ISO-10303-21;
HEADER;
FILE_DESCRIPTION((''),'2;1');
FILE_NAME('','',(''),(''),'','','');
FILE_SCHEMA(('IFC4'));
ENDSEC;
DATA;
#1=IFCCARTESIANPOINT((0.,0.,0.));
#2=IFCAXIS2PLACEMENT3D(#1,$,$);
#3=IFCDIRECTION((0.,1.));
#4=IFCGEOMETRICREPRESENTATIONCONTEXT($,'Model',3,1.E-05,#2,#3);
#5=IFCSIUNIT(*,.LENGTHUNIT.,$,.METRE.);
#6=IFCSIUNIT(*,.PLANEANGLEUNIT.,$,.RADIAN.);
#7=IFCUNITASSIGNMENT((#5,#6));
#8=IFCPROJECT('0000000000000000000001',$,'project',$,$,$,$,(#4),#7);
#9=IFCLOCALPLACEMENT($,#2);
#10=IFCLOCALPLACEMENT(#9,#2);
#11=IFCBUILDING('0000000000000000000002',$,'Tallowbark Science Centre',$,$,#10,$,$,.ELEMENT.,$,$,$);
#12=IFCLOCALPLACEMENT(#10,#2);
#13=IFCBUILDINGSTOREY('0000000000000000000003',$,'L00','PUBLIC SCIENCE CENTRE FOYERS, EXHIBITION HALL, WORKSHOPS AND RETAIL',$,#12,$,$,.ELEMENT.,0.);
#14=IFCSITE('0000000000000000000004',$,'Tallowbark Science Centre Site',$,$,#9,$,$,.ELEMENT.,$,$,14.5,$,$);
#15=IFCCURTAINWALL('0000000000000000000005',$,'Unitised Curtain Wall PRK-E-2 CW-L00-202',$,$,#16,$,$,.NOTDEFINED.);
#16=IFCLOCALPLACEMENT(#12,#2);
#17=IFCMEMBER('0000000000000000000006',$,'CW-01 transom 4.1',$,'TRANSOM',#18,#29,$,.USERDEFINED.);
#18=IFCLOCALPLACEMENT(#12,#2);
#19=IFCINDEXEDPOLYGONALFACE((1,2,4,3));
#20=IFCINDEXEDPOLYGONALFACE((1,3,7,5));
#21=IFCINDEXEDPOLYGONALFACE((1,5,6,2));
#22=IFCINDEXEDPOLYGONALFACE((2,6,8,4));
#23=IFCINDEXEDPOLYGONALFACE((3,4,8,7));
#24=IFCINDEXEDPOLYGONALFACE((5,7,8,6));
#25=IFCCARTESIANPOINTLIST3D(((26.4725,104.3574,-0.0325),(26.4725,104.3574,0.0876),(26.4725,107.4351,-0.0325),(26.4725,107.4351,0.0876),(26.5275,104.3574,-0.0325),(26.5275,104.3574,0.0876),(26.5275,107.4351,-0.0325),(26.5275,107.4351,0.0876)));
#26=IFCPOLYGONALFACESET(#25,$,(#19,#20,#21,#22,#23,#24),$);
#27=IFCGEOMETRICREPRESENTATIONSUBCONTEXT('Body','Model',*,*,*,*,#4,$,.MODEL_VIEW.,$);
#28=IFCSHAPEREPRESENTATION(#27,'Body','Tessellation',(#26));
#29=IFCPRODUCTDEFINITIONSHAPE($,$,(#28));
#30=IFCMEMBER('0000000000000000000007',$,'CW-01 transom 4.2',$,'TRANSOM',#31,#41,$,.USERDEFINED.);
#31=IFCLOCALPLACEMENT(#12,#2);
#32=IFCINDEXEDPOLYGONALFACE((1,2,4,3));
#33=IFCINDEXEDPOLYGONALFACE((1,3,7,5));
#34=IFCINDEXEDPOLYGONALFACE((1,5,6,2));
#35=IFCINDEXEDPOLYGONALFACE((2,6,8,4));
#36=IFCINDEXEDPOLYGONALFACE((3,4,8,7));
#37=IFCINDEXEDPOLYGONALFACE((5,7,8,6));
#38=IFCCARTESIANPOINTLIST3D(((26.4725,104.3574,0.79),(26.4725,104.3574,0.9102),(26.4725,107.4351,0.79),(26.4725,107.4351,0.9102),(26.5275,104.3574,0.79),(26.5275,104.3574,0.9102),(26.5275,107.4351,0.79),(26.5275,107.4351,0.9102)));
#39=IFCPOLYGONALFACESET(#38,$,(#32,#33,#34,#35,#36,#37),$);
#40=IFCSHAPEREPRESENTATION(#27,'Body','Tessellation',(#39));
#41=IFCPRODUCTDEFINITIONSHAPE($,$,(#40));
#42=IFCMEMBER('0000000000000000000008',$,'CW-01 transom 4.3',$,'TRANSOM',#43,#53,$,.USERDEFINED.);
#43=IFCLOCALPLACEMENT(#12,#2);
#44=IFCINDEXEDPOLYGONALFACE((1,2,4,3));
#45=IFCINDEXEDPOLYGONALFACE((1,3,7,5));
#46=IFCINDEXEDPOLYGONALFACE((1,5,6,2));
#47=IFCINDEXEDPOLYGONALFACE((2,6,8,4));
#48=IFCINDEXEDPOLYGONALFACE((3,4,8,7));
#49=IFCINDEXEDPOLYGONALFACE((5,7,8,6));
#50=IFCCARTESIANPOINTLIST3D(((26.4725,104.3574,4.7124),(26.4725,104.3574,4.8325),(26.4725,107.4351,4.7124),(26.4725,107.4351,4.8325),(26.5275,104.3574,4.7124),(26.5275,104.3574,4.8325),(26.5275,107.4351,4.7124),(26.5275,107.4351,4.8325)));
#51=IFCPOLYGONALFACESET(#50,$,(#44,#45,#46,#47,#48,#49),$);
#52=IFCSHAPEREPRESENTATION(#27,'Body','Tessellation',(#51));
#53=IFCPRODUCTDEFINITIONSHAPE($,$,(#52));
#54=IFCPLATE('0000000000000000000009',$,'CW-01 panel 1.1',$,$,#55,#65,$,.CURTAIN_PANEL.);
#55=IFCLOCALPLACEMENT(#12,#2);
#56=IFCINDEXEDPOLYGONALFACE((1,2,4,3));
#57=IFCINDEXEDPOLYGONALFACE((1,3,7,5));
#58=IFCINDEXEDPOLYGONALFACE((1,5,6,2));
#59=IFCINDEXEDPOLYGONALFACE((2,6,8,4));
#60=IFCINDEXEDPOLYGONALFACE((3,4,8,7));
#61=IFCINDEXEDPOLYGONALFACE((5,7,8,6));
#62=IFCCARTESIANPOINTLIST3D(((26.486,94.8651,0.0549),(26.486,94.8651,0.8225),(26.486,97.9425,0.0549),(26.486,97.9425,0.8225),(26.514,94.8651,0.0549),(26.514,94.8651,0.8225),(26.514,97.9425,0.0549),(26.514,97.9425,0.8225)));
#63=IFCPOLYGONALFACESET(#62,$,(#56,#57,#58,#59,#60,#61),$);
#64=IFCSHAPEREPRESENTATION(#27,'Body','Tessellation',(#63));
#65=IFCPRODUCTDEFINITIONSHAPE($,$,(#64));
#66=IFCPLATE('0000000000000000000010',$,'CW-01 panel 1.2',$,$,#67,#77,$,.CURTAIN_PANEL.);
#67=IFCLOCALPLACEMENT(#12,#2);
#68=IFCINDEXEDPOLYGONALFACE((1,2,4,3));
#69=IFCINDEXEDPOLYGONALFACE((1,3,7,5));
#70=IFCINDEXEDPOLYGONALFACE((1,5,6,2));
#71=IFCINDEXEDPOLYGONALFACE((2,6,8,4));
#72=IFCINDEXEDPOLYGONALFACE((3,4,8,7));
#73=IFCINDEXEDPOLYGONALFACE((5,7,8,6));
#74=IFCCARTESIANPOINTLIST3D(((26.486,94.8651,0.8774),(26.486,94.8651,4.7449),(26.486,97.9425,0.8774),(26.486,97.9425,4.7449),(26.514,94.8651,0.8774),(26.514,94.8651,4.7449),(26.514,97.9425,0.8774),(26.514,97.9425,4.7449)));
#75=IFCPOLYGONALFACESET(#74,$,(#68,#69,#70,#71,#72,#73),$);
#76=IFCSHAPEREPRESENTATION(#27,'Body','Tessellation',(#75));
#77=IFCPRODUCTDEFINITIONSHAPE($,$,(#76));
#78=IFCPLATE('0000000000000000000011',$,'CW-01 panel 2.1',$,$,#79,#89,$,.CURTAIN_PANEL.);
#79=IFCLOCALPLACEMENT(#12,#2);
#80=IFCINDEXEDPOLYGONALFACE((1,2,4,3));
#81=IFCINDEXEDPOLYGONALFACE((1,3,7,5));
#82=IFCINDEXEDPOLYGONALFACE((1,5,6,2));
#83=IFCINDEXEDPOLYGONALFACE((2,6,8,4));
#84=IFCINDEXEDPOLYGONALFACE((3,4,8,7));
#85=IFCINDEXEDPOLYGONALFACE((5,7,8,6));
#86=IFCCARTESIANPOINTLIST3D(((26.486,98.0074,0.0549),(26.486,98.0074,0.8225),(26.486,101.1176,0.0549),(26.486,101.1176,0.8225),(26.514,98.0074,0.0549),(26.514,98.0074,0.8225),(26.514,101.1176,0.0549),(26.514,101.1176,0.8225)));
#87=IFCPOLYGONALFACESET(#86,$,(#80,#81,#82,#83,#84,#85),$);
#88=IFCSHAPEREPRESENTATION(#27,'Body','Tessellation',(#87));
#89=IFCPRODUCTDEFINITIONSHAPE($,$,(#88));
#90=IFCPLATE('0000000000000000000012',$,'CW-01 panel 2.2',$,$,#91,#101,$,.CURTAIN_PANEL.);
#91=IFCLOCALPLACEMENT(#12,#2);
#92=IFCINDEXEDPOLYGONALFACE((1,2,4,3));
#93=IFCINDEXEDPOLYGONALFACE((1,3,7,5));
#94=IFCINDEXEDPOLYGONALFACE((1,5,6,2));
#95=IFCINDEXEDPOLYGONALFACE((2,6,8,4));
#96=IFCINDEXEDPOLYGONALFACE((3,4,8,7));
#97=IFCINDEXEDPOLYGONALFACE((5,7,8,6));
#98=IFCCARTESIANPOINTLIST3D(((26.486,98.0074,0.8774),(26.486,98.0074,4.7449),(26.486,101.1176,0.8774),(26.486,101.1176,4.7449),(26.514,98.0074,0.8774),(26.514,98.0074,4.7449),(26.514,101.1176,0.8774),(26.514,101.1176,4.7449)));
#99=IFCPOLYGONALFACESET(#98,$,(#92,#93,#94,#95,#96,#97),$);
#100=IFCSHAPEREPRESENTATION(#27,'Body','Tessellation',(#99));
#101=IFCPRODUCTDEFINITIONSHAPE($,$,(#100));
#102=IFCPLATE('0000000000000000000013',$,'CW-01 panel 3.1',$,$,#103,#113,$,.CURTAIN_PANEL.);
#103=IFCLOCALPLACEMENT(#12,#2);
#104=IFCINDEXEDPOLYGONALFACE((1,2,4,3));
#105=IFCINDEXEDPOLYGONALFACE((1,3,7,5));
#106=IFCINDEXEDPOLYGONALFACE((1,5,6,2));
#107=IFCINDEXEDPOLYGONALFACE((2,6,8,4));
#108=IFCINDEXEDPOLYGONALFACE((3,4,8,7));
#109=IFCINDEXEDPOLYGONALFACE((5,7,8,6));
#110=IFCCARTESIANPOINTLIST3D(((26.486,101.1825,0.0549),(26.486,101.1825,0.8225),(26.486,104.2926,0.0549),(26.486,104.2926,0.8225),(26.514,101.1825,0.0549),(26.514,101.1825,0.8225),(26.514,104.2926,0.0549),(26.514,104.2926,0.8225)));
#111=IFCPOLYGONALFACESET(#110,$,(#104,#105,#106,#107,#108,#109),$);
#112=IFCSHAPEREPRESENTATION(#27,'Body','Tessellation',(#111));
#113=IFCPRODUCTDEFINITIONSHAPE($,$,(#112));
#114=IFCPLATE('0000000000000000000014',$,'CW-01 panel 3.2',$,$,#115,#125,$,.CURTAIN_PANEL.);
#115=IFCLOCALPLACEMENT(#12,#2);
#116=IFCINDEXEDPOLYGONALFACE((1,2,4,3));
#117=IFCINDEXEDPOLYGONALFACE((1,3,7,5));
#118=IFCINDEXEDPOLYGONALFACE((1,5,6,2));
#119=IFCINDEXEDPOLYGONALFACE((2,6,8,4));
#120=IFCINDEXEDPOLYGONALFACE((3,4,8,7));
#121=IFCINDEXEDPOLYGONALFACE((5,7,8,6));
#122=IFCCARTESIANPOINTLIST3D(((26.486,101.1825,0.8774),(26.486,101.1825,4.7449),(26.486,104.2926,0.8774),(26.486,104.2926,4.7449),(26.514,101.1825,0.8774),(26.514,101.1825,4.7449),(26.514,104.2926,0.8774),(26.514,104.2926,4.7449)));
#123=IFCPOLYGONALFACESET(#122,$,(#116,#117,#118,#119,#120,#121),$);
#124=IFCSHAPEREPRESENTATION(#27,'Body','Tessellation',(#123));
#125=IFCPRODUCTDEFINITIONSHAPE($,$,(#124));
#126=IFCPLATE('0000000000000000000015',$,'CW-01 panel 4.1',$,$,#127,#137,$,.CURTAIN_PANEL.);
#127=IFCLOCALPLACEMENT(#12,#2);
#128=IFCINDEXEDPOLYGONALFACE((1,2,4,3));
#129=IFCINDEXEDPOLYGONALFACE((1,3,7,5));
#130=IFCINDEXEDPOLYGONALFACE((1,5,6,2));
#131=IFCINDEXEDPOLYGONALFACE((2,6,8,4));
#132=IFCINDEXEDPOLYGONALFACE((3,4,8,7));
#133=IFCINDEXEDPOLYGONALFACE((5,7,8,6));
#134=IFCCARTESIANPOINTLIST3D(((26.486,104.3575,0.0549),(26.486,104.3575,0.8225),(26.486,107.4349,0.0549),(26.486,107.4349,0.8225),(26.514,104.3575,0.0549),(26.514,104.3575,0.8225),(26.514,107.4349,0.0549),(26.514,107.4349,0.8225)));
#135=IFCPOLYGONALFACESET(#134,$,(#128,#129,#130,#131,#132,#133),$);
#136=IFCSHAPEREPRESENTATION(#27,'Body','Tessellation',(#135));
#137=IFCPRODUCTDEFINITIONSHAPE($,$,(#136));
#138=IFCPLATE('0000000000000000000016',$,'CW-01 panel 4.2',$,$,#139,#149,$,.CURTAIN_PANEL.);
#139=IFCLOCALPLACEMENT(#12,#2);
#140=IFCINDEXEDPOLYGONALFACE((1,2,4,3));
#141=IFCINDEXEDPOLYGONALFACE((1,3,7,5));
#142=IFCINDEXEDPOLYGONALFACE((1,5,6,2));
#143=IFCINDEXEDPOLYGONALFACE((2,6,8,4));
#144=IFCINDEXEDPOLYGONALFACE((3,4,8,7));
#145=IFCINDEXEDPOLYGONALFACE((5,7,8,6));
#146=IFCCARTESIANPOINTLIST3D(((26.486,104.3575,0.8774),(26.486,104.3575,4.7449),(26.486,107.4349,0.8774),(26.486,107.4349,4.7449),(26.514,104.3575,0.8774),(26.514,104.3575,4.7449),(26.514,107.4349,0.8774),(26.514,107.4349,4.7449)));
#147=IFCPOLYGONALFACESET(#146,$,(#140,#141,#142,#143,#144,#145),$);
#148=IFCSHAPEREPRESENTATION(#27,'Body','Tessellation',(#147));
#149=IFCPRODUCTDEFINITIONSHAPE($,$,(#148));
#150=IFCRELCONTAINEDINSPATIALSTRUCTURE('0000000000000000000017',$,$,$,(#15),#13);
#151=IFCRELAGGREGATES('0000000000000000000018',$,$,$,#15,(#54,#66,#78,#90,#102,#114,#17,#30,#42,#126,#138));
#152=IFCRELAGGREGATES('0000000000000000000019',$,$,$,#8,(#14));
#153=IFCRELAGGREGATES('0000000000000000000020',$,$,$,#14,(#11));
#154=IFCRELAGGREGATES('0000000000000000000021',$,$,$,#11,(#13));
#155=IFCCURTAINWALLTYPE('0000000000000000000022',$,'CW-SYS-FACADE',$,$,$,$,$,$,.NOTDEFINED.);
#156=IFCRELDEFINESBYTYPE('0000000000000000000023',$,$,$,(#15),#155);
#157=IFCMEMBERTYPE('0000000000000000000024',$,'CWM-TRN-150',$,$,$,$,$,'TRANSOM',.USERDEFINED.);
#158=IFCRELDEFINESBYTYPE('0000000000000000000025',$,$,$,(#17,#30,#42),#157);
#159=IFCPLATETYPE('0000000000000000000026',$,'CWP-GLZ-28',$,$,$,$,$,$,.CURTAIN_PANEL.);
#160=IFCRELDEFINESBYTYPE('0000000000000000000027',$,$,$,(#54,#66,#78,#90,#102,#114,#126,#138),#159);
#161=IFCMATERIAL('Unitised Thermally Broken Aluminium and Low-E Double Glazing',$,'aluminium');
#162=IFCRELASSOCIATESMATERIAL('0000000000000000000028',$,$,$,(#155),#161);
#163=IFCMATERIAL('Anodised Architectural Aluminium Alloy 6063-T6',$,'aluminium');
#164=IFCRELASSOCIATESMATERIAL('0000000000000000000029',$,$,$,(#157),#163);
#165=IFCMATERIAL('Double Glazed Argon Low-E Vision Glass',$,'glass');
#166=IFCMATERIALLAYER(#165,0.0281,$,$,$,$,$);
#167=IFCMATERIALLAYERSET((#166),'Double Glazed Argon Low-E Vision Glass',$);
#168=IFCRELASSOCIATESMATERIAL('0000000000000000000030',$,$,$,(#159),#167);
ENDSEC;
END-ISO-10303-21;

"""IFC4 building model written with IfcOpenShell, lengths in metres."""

from ifc_helpers import new_model, si_unit, direction, frame, origin, origin_2d, place, context, subcontext, project, spatial, rectangle, extrude, material, layer, layer_set, material_profile, profile_set, type_object, element, aggregate, save


model = new_model("IFC4")

# Units and contexts
model_context = context("Model", 3, precision=1e-05, world=origin(), true_north=direction((0.0, 1.0)))
body_context = subcontext(model_context, "Body", "Model", "MODEL_VIEW")
ifc_project = project(units=[si_unit("LENGTHUNIT", "METRE"), si_unit("PLANEANGLEUNIT", "RADIAN")], contexts=[model_context])

# Site, building, storey
site_placement = place(None, origin())
site = spatial("IfcSite", under=ifc_project, at=site_placement, Name="Tallowbark Science Centre Site", CompositionType="ELEMENT", RefElevation=14.5)
building_placement = place(site_placement, origin())
building = spatial("IfcBuilding", under=site, at=building_placement, Name="Tallowbark Science Centre", CompositionType="ELEMENT")
storey_placement = place(building_placement, origin())
storey = spatial("IfcBuildingStorey", under=building, at=storey_placement, Name="L00", Description="PUBLIC SCIENCE CENTRE FOYERS, EXHIBITION HALL, WORKSHOPS AND RETAIL", CompositionType="ELEMENT", Elevation=0.0)

# Curtain wall, members, plates
ifc_material_1 = material(Name="Unitised Thermally Broken Aluminium and Low-E Double Glazing", Category="aluminium")
curtain_wall_type = type_object("IfcCurtainWallType", Name="CW-SYS-FACADE", PredefinedType="NOTDEFINED", material=ifc_material_1)
curtain_wall_placement = place(storey_placement, origin())
curtain_wall = element("IfcCurtainWall", 1, at=curtain_wall_placement, inside=storey, type_object=curtain_wall_type, Name="Unitised Curtain Wall PRK-E-2 CW-L00-202", PredefinedType="NOTDEFINED")
ifc_material_2 = material(Name="Anodised Architectural Aluminium Alloy 6063-T6", Category="aluminium")
ifc_material_profile_1 = material_profile(ifc_material_2, rectangle(XDim=0.0549, YDim=0.1201, at=origin_2d()), Name="ALU55x120")
ifc_profile_set_1 = profile_set([ifc_material_profile_1], Name="Anodised Architectural Aluminium Alloy 6063-T6")
member_type_1 = type_object("IfcMemberType", Name="CWM-TRN-150", ElementType="TRANSOM", PredefinedType="USERDEFINED", material=ifc_profile_set_1)
member_1_placement = place(storey_placement, frame((26.5, 104.3574, 0.0276), z_axis=(0.0, 1.0, 0.0), x_axis=(-1.0, 0.0, 0.0)))
member_1 = element("IfcMember", 2, at=member_1_placement, type_object=member_type_1, Name="CW-01 transom 4.1", ObjectType="TRANSOM", PredefinedType="USERDEFINED", context=body_context, shape_type="SweptSolid", body=[
    extrude(rectangle(XDim=0.0549, YDim=0.1201, at=origin_2d()), origin(), (0.0, 0.0, 1.0), 3.0776),
])
member_2_placement = place(storey_placement, frame((26.5, 104.3574, 0.8501), z_axis=(0.0, 1.0, 0.0), x_axis=(-1.0, 0.0, 0.0)))
member_2 = element("IfcMember", 3, at=member_2_placement, type_object=member_type_1, Name="CW-01 transom 4.2", ObjectType="TRANSOM", PredefinedType="USERDEFINED", context=body_context, shape_type="SweptSolid", body=[
    extrude(rectangle(XDim=0.0549, YDim=0.1201, at=origin_2d()), origin(), (0.0, 0.0, 1.0), 3.0776),
])
member_3_placement = place(storey_placement, frame((26.5, 104.3574, 4.7725), z_axis=(0.0, 1.0, 0.0), x_axis=(-1.0, 0.0, 0.0)))
member_3 = element("IfcMember", 4, at=member_3_placement, type_object=member_type_1, Name="CW-01 transom 4.3", ObjectType="TRANSOM", PredefinedType="USERDEFINED", context=body_context, shape_type="SweptSolid", body=[
    extrude(rectangle(XDim=0.0549, YDim=0.1201, at=origin_2d()), origin(), (0.0, 0.0, 1.0), 3.0776),
])
ifc_material_3 = material(Name="Double Glazed Argon Low-E Vision Glass", Category="glass")
ifc_layer_1 = layer(ifc_material_3, 0.0281)
ifc_layer_set_1 = layer_set([ifc_layer_1], Name="Double Glazed Argon Low-E Vision Glass")
plate_type = type_object("IfcPlateType", Name="CWP-GLZ-28", PredefinedType="CURTAIN_PANEL", material=ifc_layer_set_1)
plate_1_placement = place(storey_placement, frame((26.5, 96.4038, 0.0549), z_axis=(0.0, 0.0, 1.0), x_axis=(0.0, 1.0, 0.0)))
plate_1 = element("IfcPlate", 5, at=plate_1_placement, type_object=plate_type, Name="CW-01 panel 1.1", PredefinedType="CURTAIN_PANEL", context=body_context, shape_type="SweptSolid", body=[
    extrude(rectangle(XDim=3.0774, YDim=0.0281, at=origin_2d()), origin(), (0.0, 0.0, 1.0), 0.7676),
])
plate_2_placement = place(storey_placement, frame((26.5, 96.4038, 0.8774), z_axis=(0.0, 0.0, 1.0), x_axis=(0.0, 1.0, 0.0)))
plate_2 = element("IfcPlate", 6, at=plate_2_placement, type_object=plate_type, Name="CW-01 panel 1.2", PredefinedType="CURTAIN_PANEL", context=body_context, shape_type="SweptSolid", body=[
    extrude(rectangle(XDim=3.0774, YDim=0.0281, at=origin_2d()), origin(), (0.0, 0.0, 1.0), 3.8674),
])
plate_3_placement = place(storey_placement, frame((26.5, 99.5625, 0.0549), z_axis=(0.0, 0.0, 1.0), x_axis=(0.0, 1.0, 0.0)))
plate_3 = element("IfcPlate", 7, at=plate_3_placement, type_object=plate_type, Name="CW-01 panel 2.1", PredefinedType="CURTAIN_PANEL", context=body_context, shape_type="SweptSolid", body=[
    extrude(rectangle(XDim=3.1101, YDim=0.0281, at=origin_2d()), origin(), (0.0, 0.0, 1.0), 0.7676),
])
plate_4_placement = place(storey_placement, frame((26.5, 99.5625, 0.8774), z_axis=(0.0, 0.0, 1.0), x_axis=(0.0, 1.0, 0.0)))
plate_4 = element("IfcPlate", 8, at=plate_4_placement, type_object=plate_type, Name="CW-01 panel 2.2", PredefinedType="CURTAIN_PANEL", context=body_context, shape_type="SweptSolid", body=[
    extrude(rectangle(XDim=3.1101, YDim=0.0281, at=origin_2d()), origin(), (0.0, 0.0, 1.0), 3.8674),
])
plate_5_placement = place(storey_placement, frame((26.5, 102.7375, 0.0549), z_axis=(0.0, 0.0, 1.0), x_axis=(0.0, 1.0, 0.0)))
plate_5 = element("IfcPlate", 9, at=plate_5_placement, type_object=plate_type, Name="CW-01 panel 3.1", PredefinedType="CURTAIN_PANEL", context=body_context, shape_type="SweptSolid", body=[
    extrude(rectangle(XDim=3.1101, YDim=0.0281, at=origin_2d()), origin(), (0.0, 0.0, 1.0), 0.7676),
])
plate_6_placement = place(storey_placement, frame((26.5, 102.7375, 0.8774), z_axis=(0.0, 0.0, 1.0), x_axis=(0.0, 1.0, 0.0)))
plate_6 = element("IfcPlate", 10, at=plate_6_placement, type_object=plate_type, Name="CW-01 panel 3.2", PredefinedType="CURTAIN_PANEL", context=body_context, shape_type="SweptSolid", body=[
    extrude(rectangle(XDim=3.1101, YDim=0.0281, at=origin_2d()), origin(), (0.0, 0.0, 1.0), 3.8674),
])
plate_7_placement = place(storey_placement, frame((26.5, 105.8962, 0.0549), z_axis=(0.0, 0.0, 1.0), x_axis=(0.0, 1.0, 0.0)))
plate_7 = element("IfcPlate", 11, at=plate_7_placement, type_object=plate_type, Name="CW-01 panel 4.1", PredefinedType="CURTAIN_PANEL", context=body_context, shape_type="SweptSolid", body=[
    extrude(rectangle(XDim=3.0774, YDim=0.0281, at=origin_2d()), origin(), (0.0, 0.0, 1.0), 0.7676),
])
plate_8_placement = place(storey_placement, frame((26.5, 105.8962, 0.8774), z_axis=(0.0, 0.0, 1.0), x_axis=(0.0, 1.0, 0.0)))
plate_8 = element("IfcPlate", 12, at=plate_8_placement, type_object=plate_type, Name="CW-01 panel 4.2", PredefinedType="CURTAIN_PANEL", context=body_context, shape_type="SweptSolid", body=[
    extrude(rectangle(XDim=3.0774, YDim=0.0281, at=origin_2d()), origin(), (0.0, 0.0, 1.0), 3.8674),
])
aggregate(curtain_wall, [plate_1, plate_2, plate_3, plate_4, plate_5, plate_6, member_1, member_2, member_3, plate_7, plate_8])

save(model, "model.ifc")
